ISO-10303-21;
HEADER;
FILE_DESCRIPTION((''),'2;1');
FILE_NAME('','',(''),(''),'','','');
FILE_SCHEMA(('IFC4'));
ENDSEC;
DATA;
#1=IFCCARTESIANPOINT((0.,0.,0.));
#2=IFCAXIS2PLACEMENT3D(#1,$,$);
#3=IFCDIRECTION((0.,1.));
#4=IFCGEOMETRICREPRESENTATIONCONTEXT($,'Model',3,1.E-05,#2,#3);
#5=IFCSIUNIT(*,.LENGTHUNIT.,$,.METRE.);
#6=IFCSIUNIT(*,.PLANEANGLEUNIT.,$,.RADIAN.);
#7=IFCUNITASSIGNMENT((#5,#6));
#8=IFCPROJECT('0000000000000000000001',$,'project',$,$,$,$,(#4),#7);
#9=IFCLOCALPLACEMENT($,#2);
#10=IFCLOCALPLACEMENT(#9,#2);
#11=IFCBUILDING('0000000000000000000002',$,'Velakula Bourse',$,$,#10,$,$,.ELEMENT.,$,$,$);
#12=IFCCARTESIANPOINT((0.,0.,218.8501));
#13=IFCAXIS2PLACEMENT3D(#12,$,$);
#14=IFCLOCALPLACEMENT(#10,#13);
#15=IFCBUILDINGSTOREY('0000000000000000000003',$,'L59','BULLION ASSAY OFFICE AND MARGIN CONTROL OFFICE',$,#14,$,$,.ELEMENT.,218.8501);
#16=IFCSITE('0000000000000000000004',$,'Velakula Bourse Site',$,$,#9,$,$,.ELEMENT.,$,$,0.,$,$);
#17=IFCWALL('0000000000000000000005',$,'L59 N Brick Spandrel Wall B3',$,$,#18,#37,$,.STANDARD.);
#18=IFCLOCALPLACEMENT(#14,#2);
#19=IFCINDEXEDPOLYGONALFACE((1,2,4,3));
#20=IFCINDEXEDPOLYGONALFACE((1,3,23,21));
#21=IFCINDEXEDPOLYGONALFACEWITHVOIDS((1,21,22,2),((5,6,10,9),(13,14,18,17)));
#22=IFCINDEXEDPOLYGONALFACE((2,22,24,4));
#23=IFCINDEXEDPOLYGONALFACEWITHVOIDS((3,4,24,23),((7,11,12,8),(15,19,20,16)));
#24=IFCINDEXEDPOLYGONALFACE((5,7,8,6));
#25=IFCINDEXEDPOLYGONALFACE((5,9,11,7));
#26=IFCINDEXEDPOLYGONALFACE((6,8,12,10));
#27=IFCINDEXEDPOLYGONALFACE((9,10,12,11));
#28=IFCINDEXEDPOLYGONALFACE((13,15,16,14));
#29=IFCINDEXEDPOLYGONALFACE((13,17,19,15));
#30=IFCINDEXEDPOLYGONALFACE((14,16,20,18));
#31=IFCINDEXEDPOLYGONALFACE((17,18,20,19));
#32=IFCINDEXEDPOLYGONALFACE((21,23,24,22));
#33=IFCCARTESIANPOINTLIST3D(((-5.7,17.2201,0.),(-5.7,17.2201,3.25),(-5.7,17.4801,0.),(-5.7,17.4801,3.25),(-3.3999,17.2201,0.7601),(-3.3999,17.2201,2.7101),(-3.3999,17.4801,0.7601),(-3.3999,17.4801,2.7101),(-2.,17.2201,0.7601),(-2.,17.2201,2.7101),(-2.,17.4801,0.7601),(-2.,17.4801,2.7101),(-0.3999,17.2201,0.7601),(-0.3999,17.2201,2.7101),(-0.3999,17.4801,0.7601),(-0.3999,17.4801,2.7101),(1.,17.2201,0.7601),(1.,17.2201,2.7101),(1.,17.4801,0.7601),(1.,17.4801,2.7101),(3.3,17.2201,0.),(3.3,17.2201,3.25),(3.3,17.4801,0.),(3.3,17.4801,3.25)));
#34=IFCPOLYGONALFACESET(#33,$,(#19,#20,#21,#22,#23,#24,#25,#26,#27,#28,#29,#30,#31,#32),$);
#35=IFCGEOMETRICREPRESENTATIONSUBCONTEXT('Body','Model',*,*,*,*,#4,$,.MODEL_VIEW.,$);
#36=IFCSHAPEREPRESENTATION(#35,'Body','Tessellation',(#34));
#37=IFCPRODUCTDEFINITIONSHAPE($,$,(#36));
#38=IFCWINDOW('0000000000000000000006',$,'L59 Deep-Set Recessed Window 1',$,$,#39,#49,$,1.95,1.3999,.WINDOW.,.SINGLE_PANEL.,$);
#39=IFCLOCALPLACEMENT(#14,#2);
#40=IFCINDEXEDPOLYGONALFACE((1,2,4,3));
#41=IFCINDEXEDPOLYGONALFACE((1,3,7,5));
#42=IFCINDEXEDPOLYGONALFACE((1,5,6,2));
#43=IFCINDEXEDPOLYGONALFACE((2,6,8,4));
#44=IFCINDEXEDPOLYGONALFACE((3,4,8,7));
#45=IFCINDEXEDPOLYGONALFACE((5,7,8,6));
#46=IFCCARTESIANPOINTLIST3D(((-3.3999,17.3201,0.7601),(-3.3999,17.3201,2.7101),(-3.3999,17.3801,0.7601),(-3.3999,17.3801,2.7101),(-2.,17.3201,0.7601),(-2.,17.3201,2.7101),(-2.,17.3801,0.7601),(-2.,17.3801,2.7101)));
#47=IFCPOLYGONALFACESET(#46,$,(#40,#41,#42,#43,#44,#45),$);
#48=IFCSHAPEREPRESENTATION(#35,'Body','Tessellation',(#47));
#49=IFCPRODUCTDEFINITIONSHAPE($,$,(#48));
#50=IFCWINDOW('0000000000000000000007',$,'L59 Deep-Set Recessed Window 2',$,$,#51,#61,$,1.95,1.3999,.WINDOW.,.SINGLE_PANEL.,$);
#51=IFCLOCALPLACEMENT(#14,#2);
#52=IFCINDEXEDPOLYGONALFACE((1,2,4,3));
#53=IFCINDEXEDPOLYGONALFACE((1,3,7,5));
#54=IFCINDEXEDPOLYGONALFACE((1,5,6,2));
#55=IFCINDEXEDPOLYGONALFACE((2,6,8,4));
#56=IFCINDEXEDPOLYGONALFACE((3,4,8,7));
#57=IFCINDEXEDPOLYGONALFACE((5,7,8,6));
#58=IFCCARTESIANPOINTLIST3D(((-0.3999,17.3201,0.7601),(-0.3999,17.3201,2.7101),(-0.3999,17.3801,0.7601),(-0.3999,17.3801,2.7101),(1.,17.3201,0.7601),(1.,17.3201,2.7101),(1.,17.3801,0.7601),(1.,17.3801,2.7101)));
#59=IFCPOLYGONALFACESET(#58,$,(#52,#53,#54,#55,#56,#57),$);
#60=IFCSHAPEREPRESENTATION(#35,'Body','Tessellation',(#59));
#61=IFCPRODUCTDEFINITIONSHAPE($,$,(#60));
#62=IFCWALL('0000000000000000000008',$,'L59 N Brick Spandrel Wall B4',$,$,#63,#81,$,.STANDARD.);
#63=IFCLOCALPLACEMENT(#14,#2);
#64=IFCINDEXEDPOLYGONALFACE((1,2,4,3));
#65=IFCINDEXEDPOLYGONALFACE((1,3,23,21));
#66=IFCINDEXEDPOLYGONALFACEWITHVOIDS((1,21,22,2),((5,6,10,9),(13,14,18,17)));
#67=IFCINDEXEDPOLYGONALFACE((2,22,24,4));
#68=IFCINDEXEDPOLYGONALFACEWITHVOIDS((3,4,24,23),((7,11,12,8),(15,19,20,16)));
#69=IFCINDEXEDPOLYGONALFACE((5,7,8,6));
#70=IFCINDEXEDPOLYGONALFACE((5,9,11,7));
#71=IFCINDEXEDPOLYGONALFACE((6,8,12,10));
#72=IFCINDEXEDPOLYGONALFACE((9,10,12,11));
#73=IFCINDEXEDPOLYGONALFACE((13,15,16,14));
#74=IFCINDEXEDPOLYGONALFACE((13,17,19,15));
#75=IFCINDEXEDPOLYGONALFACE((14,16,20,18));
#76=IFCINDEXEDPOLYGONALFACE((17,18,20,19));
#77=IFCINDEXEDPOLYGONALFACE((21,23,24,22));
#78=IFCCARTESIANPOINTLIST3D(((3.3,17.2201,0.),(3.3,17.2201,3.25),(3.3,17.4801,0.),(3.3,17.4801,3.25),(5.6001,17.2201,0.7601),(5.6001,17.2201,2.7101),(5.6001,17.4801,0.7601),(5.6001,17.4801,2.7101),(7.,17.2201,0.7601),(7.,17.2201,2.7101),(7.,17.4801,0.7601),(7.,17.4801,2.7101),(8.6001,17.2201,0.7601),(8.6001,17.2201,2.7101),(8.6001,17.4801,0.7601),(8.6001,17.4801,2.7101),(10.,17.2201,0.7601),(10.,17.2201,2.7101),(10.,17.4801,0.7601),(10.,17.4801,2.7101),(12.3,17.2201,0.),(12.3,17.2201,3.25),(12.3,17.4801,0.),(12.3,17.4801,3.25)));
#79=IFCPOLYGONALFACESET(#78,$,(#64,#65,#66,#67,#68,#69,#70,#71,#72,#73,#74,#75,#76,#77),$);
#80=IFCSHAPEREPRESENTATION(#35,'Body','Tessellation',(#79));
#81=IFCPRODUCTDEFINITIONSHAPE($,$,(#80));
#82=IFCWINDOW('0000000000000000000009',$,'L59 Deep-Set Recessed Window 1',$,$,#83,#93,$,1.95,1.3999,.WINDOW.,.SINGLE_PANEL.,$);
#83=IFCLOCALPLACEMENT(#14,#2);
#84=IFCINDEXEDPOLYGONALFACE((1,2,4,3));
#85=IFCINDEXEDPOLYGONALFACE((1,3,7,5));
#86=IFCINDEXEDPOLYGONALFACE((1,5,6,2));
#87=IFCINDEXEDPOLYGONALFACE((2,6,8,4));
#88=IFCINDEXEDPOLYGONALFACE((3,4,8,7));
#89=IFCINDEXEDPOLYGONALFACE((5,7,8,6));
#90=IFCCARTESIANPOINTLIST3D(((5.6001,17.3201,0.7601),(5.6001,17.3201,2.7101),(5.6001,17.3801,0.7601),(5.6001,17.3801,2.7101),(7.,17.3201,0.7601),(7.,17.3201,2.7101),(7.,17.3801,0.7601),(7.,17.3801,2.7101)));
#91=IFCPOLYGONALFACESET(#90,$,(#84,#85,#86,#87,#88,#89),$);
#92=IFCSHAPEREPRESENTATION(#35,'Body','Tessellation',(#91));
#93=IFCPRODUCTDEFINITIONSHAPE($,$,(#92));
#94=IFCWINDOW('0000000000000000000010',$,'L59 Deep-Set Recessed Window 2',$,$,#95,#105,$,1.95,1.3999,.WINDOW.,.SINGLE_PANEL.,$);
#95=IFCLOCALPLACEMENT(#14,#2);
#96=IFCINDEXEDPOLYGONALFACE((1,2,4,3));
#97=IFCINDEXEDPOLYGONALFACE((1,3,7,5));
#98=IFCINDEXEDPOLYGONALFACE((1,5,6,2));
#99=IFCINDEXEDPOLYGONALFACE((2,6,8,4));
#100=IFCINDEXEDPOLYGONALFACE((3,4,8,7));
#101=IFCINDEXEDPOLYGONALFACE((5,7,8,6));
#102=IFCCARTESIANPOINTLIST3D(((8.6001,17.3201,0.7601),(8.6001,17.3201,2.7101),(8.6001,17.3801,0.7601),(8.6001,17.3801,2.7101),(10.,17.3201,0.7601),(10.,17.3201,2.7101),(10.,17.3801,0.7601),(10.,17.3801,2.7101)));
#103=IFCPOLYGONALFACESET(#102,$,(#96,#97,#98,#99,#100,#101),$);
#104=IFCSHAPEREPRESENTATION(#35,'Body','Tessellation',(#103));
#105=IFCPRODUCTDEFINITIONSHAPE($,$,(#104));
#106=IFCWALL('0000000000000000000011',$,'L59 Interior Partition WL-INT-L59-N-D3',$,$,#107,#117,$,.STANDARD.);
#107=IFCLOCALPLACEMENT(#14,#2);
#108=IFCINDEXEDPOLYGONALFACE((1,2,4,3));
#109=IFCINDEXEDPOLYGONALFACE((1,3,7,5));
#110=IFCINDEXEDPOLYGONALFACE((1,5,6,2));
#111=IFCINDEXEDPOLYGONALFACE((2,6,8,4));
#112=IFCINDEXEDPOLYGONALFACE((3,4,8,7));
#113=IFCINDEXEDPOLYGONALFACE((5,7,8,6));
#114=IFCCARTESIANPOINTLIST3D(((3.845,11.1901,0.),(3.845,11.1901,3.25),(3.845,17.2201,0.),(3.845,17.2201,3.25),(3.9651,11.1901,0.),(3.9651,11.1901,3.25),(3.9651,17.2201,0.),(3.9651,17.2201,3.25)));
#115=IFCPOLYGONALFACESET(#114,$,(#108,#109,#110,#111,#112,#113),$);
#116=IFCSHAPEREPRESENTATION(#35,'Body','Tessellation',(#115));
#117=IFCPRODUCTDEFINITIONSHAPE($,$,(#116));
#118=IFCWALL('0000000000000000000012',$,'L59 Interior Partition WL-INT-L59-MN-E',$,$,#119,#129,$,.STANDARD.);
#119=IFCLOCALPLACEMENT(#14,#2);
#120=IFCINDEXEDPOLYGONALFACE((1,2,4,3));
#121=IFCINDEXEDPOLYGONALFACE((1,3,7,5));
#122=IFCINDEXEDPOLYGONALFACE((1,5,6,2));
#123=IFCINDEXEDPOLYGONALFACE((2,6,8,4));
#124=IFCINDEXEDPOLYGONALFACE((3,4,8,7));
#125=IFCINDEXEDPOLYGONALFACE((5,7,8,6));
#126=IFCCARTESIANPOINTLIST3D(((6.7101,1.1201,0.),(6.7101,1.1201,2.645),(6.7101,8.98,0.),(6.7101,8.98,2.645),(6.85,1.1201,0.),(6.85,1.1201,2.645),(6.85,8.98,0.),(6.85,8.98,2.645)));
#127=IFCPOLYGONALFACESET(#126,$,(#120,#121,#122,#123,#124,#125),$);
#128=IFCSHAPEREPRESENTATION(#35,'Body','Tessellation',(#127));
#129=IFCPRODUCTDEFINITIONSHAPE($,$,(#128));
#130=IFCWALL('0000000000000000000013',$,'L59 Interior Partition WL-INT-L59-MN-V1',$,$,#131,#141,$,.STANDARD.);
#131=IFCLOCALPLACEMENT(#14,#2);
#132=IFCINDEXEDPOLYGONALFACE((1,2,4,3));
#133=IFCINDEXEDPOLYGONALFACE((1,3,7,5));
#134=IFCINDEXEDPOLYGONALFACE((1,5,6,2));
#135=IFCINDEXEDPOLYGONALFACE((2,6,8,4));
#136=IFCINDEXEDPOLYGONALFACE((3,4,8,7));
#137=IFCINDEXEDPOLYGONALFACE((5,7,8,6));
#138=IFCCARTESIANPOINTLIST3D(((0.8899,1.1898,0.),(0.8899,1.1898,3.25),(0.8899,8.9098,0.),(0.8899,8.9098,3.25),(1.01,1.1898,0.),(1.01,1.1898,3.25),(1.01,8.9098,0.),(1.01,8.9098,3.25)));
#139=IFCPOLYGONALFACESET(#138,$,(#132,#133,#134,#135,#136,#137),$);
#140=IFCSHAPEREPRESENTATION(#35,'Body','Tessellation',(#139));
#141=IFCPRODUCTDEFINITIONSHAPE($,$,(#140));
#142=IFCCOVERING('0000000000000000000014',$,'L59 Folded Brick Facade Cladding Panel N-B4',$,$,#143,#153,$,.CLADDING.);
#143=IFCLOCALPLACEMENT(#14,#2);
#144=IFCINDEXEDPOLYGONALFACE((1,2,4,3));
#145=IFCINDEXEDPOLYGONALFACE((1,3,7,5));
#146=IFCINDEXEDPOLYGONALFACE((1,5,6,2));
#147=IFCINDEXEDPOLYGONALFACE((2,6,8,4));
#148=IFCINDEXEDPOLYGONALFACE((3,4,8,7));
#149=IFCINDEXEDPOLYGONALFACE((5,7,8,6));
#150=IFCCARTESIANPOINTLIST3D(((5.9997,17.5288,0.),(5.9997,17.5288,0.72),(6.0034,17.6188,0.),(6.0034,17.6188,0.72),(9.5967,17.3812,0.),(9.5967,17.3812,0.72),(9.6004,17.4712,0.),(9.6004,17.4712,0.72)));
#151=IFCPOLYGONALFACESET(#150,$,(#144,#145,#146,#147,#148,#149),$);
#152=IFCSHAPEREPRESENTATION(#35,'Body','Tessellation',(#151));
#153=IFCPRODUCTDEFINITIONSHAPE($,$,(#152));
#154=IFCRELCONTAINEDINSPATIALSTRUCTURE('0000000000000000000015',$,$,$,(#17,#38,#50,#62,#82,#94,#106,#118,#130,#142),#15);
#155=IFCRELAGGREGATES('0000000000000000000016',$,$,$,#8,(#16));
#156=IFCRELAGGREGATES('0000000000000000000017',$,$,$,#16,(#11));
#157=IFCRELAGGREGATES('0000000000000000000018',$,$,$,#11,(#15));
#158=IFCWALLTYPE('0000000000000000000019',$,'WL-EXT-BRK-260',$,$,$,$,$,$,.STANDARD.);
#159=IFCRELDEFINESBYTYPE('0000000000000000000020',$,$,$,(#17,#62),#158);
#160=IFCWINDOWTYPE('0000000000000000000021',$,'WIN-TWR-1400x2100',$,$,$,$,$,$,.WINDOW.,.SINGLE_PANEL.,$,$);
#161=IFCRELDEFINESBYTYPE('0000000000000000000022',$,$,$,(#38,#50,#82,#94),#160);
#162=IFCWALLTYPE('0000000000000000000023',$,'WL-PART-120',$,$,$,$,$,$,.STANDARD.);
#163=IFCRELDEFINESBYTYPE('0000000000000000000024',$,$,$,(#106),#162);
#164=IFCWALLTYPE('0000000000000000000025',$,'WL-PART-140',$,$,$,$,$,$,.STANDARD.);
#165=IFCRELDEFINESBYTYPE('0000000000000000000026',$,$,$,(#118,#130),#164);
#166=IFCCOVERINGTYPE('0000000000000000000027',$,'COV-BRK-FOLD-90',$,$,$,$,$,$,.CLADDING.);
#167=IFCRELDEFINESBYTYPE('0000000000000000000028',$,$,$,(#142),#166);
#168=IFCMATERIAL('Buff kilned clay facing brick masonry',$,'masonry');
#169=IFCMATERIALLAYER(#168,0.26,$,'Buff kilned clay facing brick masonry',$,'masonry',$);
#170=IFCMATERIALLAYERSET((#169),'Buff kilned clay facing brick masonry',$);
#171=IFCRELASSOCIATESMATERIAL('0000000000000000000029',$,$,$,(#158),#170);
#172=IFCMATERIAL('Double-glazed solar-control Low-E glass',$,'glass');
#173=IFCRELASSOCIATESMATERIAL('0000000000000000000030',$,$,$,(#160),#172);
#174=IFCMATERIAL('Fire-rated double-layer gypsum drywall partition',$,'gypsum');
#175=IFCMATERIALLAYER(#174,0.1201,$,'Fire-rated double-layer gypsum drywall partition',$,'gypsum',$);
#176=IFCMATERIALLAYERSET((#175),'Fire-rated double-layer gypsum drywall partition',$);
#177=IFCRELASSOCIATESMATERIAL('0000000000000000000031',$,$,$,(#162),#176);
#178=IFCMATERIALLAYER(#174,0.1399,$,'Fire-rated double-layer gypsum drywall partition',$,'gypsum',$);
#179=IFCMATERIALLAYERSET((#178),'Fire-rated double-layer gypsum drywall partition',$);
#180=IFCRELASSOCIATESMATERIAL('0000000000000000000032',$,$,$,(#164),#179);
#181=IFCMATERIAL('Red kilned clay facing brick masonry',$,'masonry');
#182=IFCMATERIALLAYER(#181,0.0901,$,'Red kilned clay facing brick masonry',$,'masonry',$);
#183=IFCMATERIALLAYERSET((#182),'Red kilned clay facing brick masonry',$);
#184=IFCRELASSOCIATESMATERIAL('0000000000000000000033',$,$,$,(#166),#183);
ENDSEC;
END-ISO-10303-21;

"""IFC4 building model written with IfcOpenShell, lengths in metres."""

from ifc_helpers import new_model, si_unit, direction, frame, frame_2d, origin, origin_2d, place, context, subcontext, project, spatial, rectangle, extrude, material, layer, layer_set, type_object, element, fill, save


model = new_model("IFC4")

# Units and contexts
model_context = context("Model", 3, precision=1e-05, world=origin(), true_north=direction((0.0, 1.0)))
body_context = subcontext(model_context, "Body", "Model", "MODEL_VIEW")
ifc_project = project(units=[si_unit("LENGTHUNIT", "METRE"), si_unit("PLANEANGLEUNIT", "RADIAN")], contexts=[model_context])

# Site, building, storey
site_placement = place(None, origin())
site = spatial("IfcSite", under=ifc_project, at=site_placement, Name="Velakula Bourse Site", CompositionType="ELEMENT", RefElevation=0.0)
building_placement = place(site_placement, origin())
building = spatial("IfcBuilding", under=site, at=building_placement, Name="Velakula Bourse", CompositionType="ELEMENT")
storey_placement = place(building_placement, frame((0.0, 0.0, 218.8501)))
storey = spatial("IfcBuildingStorey", under=building, at=storey_placement, Name="L59", Description="BULLION ASSAY OFFICE AND MARGIN CONTROL OFFICE", CompositionType="ELEMENT", Elevation=218.8501)

# Walls, openings, windows
ifc_material_1 = material(Name="Buff kilned clay facing brick masonry", Category="masonry")
ifc_layer_1 = layer(ifc_material_1, 0.26, Name="Buff kilned clay facing brick masonry", Category="masonry")
ifc_layer_set_1 = layer_set([ifc_layer_1], Name="Buff kilned clay facing brick masonry")
wall_type_1 = type_object("IfcWallType", Name="WL-EXT-BRK-260", PredefinedType="STANDARD", material=ifc_layer_set_1)
wall_1_placement = place(storey_placement, frame((-5.7, 17.3501, 0.0), z_axis=(0.0, 0.0, 1.0), x_axis=(1.0, 0.0, 0.0)))
wall_1 = element("IfcWall", 1, at=wall_1_placement, inside=storey, type_object=wall_type_1, Name="L59 N Brick Spandrel Wall B3", PredefinedType="STANDARD", context=body_context, shape_type="SweptSolid", body=[
    extrude(rectangle(XDim=9.0, YDim=0.26, at=frame_2d((4.5, 0.0))), origin(), (0.0, 0.0, 1.0), 3.25),
])
opening_1_placement = place(wall_1_placement, frame((2.3, 0.0, 0.76)))
opening_1 = element("IfcOpeningElement", 2, at=opening_1_placement, cuts=wall_1, PredefinedType="OPENING", context=body_context, shape_type="SweptSolid", body=[
    extrude(rectangle(XDim=1.3999, YDim=1.95, at=frame_2d((0.7, 0.9751))), frame((0.0, 0.1399, 0.0), z_axis=(0.0, -1.0, 0.0), x_axis=(1.0, 0.0, 0.0)), (0.0, 0.0, 1.0), 0.28),
])
opening_2_placement = place(wall_1_placement, frame((5.3, 0.0, 0.76)))
opening_2 = element("IfcOpeningElement", 3, at=opening_2_placement, cuts=wall_1, PredefinedType="OPENING", context=body_context, shape_type="SweptSolid", body=[
    extrude(rectangle(XDim=1.3999, YDim=1.95, at=frame_2d((0.7, 0.9751))), frame((0.0, 0.1399, 0.0), z_axis=(0.0, -1.0, 0.0), x_axis=(1.0, 0.0, 0.0)), (0.0, 0.0, 1.0), 0.28),
])
ifc_material_2 = material(Name="Double-glazed solar-control Low-E glass", Category="glass")
window_type = type_object("IfcWindowType", Name="WIN-TWR-1400x2100", PartitioningType="SINGLE_PANEL", PredefinedType="WINDOW", material=ifc_material_2)
window_1_placement = place(opening_1_placement, origin())
window_1 = element("IfcWindow", 4, at=window_1_placement, inside=storey, type_object=window_type, Name="L59 Deep-Set Recessed Window 1", OverallHeight=1.95, OverallWidth=1.3999, PartitioningType="SINGLE_PANEL", PredefinedType="WINDOW", context=body_context, shape_type="SweptSolid", body=[
    extrude(rectangle(XDim=1.3999, YDim=1.95, at=frame_2d((0.7, 0.9751))), frame((0.0, 0.03, 0.0), z_axis=(0.0, -1.0, 0.0), x_axis=(1.0, 0.0, 0.0)), (0.0, 0.0, 1.0), 0.0601),
])
fill(opening_1, window_1)
window_2_placement = place(opening_2_placement, origin())
window_2 = element("IfcWindow", 5, at=window_2_placement, inside=storey, type_object=window_type, Name="L59 Deep-Set Recessed Window 2", OverallHeight=1.95, OverallWidth=1.3999, PartitioningType="SINGLE_PANEL", PredefinedType="WINDOW", context=body_context, shape_type="SweptSolid", body=[
    extrude(rectangle(XDim=1.3999, YDim=1.95, at=frame_2d((0.7, 0.9751))), frame((0.0, 0.03, 0.0), z_axis=(0.0, -1.0, 0.0), x_axis=(1.0, 0.0, 0.0)), (0.0, 0.0, 1.0), 0.0601),
])
fill(opening_2, window_2)
wall_2_placement = place(storey_placement, frame((3.3, 17.3501, 0.0), z_axis=(0.0, 0.0, 1.0), x_axis=(1.0, 0.0, 0.0)))
wall_2 = element("IfcWall", 6, at=wall_2_placement, inside=storey, type_object=wall_type_1, Name="L59 N Brick Spandrel Wall B4", PredefinedType="STANDARD", context=body_context, shape_type="SweptSolid", body=[
    extrude(rectangle(XDim=9.0, YDim=0.26, at=frame_2d((4.5, 0.0))), origin(), (0.0, 0.0, 1.0), 3.25),
])
opening_3_placement = place(wall_2_placement, frame((2.3, 0.0, 0.76)))
opening_3 = element("IfcOpeningElement", 7, at=opening_3_placement, cuts=wall_2, PredefinedType="OPENING", context=body_context, shape_type="SweptSolid", body=[
    extrude(rectangle(XDim=1.3999, YDim=1.95, at=frame_2d((0.7, 0.9751))), frame((0.0, 0.1399, 0.0), z_axis=(0.0, -1.0, 0.0), x_axis=(1.0, 0.0, 0.0)), (0.0, 0.0, 1.0), 0.28),
])
opening_4_placement = place(wall_2_placement, frame((5.3, 0.0, 0.76)))
opening_4 = element("IfcOpeningElement", 8, at=opening_4_placement, cuts=wall_2, PredefinedType="OPENING", context=body_context, shape_type="SweptSolid", body=[
    extrude(rectangle(XDim=1.3999, YDim=1.95, at=frame_2d((0.7, 0.9751))), frame((0.0, 0.1399, 0.0), z_axis=(0.0, -1.0, 0.0), x_axis=(1.0, 0.0, 0.0)), (0.0, 0.0, 1.0), 0.28),
])
window_3_placement = place(opening_3_placement, origin())
window_3 = element("IfcWindow", 9, at=window_3_placement, inside=storey, type_object=window_type, Name="L59 Deep-Set Recessed Window 1", OverallHeight=1.95, OverallWidth=1.3999, PartitioningType="SINGLE_PANEL", PredefinedType="WINDOW", context=body_context, shape_type="SweptSolid", body=[
    extrude(rectangle(XDim=1.3999, YDim=1.95, at=frame_2d((0.7, 0.9751))), frame((0.0, 0.03, 0.0), z_axis=(0.0, -1.0, 0.0), x_axis=(1.0, 0.0, 0.0)), (0.0, 0.0, 1.0), 0.0601),
])
fill(opening_3, window_3)
window_4_placement = place(opening_4_placement, origin())
window_4 = element("IfcWindow", 10, at=window_4_placement, inside=storey, type_object=window_type, Name="L59 Deep-Set Recessed Window 2", OverallHeight=1.95, OverallWidth=1.3999, PartitioningType="SINGLE_PANEL", PredefinedType="WINDOW", context=body_context, shape_type="SweptSolid", body=[
    extrude(rectangle(XDim=1.3999, YDim=1.95, at=frame_2d((0.7, 0.9751))), frame((0.0, 0.03, 0.0), z_axis=(0.0, -1.0, 0.0), x_axis=(1.0, 0.0, 0.0)), (0.0, 0.0, 1.0), 0.0601),
])
fill(opening_4, window_4)

# Walls
ifc_material_3 = material(Name="Fire-rated double-layer gypsum drywall partition", Category="gypsum")
ifc_layer_2 = layer(ifc_material_3, 0.1201, Name="Fire-rated double-layer gypsum drywall partition", Category="gypsum")
ifc_layer_set_2 = layer_set([ifc_layer_2], Name="Fire-rated double-layer gypsum drywall partition")
wall_type_2 = type_object("IfcWallType", Name="WL-PART-120", PredefinedType="STANDARD", material=ifc_layer_set_2)
wall_3_placement = place(storey_placement, frame((3.905, 11.1899, 0.0), z_axis=(0.0, 0.0, 1.0), x_axis=(0.0, 1.0, 0.0)))
element("IfcWall", 11, at=wall_3_placement, inside=storey, type_object=wall_type_2, Name="L59 Interior Partition WL-INT-L59-N-D3", PredefinedType="STANDARD", context=body_context, shape_type="SweptSolid", body=[
    extrude(rectangle(XDim=6.03, YDim=0.1201, at=frame_2d((3.0151, 0.0))), origin(), (0.0, 0.0, 1.0), 3.25),
])
ifc_layer_3 = layer(ifc_material_3, 0.1399, Name="Fire-rated double-layer gypsum drywall partition", Category="gypsum")
ifc_layer_set_3 = layer_set([ifc_layer_3], Name="Fire-rated double-layer gypsum drywall partition")
wall_type_3 = type_object("IfcWallType", Name="WL-PART-140", PredefinedType="STANDARD", material=ifc_layer_set_3)
wall_4_placement = place(storey_placement, frame((6.78, 1.1201, 0.0), z_axis=(0.0, 0.0, 1.0), x_axis=(0.0, 1.0, 0.0)))
element("IfcWall", 12, at=wall_4_placement, inside=storey, type_object=wall_type_3, Name="L59 Interior Partition WL-INT-L59-MN-E", PredefinedType="STANDARD", context=body_context, shape_type="SweptSolid", body=[
    extrude(rectangle(XDim=7.8599, YDim=0.1399, at=frame_2d((3.9299, 0.0))), origin(), (0.0, 0.0, 1.0), 2.645),
])
wall_5_placement = place(storey_placement, frame((0.95, 1.1899, 0.0), z_axis=(0.0, 0.0, 1.0), x_axis=(0.0, 1.0, 0.0)))
element("IfcWall", 13, at=wall_5_placement, inside=storey, type_object=wall_type_3, Name="L59 Interior Partition WL-INT-L59-MN-V1", PredefinedType="STANDARD", context=body_context, shape_type="SweptSolid", body=[
    extrude(rectangle(XDim=7.72, YDim=0.1201, at=frame_2d((3.8599, 0.0))), origin(), (0.0, 0.0, 1.0), 3.25),
])

# Covering
ifc_material_4 = material(Name="Red kilned clay facing brick masonry", Category="masonry")
ifc_layer_4 = layer(ifc_material_4, 0.0901, Name="Red kilned clay facing brick masonry", Category="masonry")
ifc_layer_set_4 = layer_set([ifc_layer_4], Name="Red kilned clay facing brick masonry")
covering_type = type_object("IfcCoveringType", Name="COV-BRK-FOLD-90", PredefinedType="CLADDING", material=ifc_layer_set_4)
covering_placement = place(storey_placement, frame((7.8, 17.5, 0.0), z_axis=(0.0, 0.0, 1.0), x_axis=(0.999159, -0.041004, 0.0)))
element("IfcCovering", 14, at=covering_placement, inside=storey, type_object=covering_type, Name="L59 Folded Brick Facade Cladding Panel N-B4", PredefinedType="CLADDING", context=body_context, shape_type="SweptSolid", body=[
    extrude(rectangle(XDim=3.6001, YDim=0.0901, at=origin_2d()), origin(), (0.0, 0.0, 1.0), 0.72),
])

save(model, "model.ifc")
